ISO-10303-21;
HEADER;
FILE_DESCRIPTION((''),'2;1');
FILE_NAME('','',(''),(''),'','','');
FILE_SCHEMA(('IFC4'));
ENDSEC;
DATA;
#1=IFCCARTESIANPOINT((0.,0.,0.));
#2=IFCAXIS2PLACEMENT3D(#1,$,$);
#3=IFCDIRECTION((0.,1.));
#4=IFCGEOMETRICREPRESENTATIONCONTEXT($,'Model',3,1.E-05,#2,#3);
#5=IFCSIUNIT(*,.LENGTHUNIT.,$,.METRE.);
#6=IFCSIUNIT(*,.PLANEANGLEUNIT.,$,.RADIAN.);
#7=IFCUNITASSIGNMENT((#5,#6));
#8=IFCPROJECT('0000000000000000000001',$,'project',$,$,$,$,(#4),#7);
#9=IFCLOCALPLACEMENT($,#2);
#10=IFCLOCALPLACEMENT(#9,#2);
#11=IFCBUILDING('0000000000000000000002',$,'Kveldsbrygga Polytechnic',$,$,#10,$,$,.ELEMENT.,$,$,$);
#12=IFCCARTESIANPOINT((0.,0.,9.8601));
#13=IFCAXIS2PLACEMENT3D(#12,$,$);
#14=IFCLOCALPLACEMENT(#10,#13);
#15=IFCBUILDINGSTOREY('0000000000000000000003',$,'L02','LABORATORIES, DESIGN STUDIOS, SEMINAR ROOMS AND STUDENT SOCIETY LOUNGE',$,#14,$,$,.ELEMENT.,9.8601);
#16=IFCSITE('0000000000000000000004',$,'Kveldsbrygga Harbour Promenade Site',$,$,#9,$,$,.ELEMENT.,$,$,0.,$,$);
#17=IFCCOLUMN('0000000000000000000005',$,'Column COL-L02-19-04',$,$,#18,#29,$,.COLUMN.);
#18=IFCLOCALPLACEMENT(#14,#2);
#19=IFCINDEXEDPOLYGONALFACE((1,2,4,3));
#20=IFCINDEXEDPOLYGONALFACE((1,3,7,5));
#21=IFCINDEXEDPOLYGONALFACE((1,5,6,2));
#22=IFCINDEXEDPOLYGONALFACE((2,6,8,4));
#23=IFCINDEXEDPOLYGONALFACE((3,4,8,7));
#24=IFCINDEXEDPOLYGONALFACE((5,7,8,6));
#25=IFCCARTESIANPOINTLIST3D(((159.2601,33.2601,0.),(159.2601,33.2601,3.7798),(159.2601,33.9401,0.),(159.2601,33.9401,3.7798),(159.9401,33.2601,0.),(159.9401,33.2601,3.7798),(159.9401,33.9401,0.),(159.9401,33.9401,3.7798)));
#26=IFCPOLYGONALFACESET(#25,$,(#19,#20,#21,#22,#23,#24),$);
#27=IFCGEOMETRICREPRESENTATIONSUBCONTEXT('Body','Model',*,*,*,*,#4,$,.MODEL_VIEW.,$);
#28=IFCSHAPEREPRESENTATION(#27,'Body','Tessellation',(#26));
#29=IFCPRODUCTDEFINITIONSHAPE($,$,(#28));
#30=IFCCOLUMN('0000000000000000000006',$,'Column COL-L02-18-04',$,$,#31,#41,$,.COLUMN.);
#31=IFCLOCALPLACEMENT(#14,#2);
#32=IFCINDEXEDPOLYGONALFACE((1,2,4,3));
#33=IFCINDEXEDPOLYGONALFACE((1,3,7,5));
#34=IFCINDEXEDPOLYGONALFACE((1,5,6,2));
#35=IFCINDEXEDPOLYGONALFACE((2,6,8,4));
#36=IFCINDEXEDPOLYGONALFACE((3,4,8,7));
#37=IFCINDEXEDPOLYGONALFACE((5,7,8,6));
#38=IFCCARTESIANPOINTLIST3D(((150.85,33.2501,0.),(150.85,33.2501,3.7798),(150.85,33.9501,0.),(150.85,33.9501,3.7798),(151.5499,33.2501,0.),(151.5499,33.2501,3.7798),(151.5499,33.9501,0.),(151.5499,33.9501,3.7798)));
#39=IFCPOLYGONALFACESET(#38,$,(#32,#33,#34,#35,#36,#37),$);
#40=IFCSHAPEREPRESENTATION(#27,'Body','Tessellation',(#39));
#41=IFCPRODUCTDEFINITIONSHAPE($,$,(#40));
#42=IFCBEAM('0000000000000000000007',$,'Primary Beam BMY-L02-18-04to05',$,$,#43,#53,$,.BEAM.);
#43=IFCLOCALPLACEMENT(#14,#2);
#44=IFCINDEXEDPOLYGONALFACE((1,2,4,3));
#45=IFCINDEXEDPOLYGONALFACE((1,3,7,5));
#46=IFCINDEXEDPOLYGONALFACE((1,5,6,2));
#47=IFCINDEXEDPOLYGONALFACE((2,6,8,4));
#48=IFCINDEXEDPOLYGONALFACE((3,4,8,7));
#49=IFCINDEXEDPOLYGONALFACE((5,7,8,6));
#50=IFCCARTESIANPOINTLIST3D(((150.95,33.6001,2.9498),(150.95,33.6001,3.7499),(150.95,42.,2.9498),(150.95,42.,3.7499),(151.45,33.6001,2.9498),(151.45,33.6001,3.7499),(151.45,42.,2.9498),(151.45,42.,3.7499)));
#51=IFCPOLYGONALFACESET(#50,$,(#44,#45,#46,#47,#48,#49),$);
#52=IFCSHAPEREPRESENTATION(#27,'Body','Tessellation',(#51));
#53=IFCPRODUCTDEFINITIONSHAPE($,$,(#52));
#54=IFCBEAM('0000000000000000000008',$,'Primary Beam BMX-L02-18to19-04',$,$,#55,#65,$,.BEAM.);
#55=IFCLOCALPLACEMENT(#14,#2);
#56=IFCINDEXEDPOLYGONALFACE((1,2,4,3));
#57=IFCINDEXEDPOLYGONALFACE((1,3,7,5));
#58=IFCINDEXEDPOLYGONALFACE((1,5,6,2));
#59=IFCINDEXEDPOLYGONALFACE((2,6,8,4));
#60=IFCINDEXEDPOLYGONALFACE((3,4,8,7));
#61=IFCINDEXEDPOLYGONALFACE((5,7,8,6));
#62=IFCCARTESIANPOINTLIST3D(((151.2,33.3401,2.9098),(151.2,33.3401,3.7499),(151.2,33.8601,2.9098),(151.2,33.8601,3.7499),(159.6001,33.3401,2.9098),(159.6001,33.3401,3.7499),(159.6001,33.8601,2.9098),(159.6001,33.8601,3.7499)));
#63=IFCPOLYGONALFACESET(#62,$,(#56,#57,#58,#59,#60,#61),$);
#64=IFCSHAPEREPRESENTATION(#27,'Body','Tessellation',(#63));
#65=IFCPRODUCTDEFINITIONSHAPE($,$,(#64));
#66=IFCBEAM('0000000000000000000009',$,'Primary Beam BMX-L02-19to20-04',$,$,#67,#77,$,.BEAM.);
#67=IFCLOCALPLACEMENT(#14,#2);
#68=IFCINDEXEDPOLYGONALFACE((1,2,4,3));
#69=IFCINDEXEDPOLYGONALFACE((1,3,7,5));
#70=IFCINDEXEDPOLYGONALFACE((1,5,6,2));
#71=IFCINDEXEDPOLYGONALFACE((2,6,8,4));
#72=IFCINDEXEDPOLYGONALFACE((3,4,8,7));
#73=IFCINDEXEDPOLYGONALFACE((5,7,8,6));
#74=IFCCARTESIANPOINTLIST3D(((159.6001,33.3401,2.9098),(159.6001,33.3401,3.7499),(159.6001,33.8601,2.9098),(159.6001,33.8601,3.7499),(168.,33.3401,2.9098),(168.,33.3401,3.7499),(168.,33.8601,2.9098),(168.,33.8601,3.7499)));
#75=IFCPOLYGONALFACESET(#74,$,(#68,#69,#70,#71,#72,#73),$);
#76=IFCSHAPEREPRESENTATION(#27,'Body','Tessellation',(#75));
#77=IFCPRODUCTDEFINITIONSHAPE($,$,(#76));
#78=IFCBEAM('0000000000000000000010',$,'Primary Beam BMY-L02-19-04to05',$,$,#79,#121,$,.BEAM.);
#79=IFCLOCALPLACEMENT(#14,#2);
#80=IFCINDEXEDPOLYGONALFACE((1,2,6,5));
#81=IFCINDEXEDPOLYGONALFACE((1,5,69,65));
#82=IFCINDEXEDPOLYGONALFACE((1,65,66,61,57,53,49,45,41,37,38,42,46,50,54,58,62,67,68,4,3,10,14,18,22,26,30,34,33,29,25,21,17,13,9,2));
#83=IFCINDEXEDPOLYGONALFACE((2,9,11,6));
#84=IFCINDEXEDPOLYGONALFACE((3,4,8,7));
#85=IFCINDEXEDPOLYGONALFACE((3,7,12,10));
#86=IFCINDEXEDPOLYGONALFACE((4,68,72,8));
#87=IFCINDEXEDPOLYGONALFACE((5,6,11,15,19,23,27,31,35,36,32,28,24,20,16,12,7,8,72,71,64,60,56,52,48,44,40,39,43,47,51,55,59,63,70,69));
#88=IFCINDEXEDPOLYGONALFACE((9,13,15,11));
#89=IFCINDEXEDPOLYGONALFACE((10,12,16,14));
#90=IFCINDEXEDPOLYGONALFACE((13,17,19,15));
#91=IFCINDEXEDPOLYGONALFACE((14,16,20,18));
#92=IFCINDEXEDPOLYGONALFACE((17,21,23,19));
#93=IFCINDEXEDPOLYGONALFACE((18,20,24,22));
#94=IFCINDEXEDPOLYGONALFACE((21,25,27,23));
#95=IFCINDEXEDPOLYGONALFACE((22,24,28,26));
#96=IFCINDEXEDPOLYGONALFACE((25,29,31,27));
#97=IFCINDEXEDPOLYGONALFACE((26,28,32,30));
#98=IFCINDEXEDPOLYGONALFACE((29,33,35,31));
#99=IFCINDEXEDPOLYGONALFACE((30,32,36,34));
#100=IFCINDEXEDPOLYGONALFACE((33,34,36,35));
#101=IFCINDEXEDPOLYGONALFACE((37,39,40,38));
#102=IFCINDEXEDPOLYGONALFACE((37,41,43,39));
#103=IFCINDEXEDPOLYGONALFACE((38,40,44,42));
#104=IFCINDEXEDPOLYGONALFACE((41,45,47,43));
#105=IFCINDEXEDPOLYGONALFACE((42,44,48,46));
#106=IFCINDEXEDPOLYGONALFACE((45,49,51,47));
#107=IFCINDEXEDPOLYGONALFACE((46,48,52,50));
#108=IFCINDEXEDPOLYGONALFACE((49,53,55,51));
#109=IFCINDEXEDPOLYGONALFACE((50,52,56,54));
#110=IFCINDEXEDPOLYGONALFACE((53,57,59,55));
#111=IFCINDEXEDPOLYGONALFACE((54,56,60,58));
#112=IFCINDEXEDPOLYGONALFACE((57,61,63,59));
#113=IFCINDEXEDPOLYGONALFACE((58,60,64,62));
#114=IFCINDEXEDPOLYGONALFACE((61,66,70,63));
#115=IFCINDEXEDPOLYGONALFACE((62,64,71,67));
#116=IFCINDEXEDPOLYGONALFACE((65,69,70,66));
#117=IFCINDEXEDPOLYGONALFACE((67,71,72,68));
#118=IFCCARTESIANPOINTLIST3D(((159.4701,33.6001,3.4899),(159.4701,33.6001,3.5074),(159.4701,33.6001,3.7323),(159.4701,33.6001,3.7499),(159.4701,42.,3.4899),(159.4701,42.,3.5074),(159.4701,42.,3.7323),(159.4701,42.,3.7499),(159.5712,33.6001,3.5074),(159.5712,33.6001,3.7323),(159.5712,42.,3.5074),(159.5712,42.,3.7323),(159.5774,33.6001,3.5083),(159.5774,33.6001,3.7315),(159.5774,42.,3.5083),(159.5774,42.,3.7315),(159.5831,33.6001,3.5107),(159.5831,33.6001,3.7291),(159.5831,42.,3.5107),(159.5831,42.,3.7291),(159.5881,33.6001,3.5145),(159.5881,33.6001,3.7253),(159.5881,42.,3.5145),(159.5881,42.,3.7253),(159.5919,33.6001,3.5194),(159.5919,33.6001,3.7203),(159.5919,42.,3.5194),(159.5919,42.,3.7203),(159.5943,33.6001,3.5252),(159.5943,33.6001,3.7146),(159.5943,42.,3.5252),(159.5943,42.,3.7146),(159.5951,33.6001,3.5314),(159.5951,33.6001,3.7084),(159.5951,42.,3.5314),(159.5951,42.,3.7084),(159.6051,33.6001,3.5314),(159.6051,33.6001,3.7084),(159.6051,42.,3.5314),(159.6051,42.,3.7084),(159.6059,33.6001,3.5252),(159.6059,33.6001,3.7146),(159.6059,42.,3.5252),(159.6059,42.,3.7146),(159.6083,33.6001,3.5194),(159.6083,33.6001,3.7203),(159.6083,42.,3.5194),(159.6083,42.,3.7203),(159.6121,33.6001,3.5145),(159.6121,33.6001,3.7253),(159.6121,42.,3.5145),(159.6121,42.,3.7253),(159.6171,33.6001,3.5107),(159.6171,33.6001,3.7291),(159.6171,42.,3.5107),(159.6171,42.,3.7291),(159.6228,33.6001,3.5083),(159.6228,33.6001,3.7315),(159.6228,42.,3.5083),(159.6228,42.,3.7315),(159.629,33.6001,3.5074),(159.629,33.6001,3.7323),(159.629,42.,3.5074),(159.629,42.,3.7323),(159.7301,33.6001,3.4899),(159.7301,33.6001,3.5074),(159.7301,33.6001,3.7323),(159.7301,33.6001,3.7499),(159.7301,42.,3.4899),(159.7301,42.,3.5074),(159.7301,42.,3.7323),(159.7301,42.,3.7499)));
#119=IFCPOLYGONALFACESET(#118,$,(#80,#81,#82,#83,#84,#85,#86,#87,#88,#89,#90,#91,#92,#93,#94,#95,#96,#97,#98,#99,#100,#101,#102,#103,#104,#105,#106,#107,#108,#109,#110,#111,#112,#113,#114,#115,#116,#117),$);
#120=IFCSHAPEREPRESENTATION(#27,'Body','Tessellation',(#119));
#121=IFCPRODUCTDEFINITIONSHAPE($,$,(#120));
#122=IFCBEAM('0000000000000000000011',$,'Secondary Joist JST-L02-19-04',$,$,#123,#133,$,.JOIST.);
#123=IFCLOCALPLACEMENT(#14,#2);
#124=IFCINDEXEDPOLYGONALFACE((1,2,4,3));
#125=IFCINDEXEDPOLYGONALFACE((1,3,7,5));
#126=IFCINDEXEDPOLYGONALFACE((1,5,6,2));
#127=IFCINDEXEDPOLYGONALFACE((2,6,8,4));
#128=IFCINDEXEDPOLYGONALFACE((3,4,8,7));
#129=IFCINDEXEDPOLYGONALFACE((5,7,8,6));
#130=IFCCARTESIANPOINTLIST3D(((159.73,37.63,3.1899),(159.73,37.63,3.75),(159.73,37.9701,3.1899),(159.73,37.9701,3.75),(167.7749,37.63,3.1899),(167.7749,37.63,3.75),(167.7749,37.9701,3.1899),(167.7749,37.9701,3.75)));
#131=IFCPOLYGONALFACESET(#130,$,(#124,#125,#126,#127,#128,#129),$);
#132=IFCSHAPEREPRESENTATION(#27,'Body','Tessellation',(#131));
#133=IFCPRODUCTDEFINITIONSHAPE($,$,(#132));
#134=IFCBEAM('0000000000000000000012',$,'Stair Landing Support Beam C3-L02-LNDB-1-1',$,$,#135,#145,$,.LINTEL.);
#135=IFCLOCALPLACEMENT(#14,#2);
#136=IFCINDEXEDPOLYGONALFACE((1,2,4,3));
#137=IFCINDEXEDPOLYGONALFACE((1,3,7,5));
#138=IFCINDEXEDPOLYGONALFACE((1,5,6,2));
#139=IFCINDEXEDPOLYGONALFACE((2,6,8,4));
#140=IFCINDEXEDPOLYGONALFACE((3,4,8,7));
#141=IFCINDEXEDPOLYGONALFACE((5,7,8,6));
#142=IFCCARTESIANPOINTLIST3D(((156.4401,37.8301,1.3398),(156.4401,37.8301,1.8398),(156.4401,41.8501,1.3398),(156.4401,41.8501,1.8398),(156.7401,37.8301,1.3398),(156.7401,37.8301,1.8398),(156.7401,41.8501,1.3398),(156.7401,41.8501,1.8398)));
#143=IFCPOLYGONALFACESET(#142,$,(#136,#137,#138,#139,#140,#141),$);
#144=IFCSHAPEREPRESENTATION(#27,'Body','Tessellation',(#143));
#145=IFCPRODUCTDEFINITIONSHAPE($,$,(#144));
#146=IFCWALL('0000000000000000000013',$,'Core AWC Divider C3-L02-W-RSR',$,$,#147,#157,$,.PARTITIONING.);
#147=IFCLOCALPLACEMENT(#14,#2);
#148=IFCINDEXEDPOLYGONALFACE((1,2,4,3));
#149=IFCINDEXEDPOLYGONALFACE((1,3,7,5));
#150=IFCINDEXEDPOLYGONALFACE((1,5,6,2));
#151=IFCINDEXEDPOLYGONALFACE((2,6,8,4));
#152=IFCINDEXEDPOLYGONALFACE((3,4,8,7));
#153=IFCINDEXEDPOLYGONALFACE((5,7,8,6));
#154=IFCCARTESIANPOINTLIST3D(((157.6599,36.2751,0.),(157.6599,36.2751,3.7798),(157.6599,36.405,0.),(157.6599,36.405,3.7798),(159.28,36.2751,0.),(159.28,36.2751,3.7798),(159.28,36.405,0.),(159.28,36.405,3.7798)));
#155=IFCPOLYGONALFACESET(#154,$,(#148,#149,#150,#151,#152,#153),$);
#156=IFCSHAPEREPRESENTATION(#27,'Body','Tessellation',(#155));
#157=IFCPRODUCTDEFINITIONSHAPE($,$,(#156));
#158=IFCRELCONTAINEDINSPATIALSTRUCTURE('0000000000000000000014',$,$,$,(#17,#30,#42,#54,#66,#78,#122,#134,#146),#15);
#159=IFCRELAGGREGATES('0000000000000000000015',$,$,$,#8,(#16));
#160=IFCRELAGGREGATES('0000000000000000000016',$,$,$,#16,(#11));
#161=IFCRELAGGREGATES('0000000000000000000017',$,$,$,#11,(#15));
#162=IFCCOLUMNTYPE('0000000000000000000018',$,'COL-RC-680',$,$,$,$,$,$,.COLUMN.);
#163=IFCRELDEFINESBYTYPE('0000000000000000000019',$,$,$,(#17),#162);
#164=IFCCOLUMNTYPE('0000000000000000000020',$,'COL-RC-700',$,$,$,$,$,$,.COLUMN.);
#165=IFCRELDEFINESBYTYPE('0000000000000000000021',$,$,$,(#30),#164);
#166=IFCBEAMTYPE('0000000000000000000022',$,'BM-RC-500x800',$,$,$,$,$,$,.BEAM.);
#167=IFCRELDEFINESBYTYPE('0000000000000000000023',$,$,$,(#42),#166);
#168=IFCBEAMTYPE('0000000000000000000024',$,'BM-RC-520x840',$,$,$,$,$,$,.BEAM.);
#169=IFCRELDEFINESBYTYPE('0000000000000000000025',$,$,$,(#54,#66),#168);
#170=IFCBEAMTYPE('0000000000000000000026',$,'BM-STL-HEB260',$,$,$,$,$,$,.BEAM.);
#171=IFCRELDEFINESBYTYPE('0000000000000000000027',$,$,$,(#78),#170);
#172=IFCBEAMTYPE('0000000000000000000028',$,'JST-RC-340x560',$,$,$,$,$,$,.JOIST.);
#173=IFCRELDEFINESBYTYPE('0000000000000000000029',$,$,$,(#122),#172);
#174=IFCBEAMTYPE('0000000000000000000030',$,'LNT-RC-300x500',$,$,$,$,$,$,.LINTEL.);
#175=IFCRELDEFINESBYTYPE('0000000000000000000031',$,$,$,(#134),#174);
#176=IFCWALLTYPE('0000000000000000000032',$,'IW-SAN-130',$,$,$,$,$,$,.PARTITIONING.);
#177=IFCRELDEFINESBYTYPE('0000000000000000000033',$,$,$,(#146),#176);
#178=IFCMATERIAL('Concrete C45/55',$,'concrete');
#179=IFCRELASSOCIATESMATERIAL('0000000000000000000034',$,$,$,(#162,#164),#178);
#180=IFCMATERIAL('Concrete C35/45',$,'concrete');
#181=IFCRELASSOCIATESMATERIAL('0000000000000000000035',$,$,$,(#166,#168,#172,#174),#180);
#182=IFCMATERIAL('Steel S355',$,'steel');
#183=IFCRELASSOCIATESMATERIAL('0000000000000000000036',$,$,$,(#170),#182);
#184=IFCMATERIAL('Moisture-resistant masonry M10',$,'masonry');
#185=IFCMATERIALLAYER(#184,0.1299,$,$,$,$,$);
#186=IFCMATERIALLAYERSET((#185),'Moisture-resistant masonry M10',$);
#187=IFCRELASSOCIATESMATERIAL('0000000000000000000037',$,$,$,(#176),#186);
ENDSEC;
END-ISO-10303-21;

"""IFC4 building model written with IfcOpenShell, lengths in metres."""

from ifc_helpers import new_model, si_unit, direction, frame, frame_2d, origin, origin_2d, place, context, subcontext, project, spatial, rectangle, i_section, extrude, material, layer, layer_set, material_profile, profile_set, type_object, element, save


model = new_model("IFC4")

# Units and contexts
model_context = context("Model", 3, precision=1e-05, world=origin(), true_north=direction((0.0, 1.0)))
body_context = subcontext(model_context, "Body", "Model", "MODEL_VIEW")
ifc_project = project(units=[si_unit("LENGTHUNIT", "METRE"), si_unit("PLANEANGLEUNIT", "RADIAN")], contexts=[model_context])

# Site, building, storey
site_placement = place(None, origin())
site = spatial("IfcSite", under=ifc_project, at=site_placement, Name="Kveldsbrygga Harbour Promenade Site", CompositionType="ELEMENT", RefElevation=0.0)
building_placement = place(site_placement, origin())
building = spatial("IfcBuilding", under=site, at=building_placement, Name="Kveldsbrygga Polytechnic", CompositionType="ELEMENT")
storey_placement = place(building_placement, frame((0.0, 0.0, 9.8601)))
storey = spatial("IfcBuildingStorey", under=building, at=storey_placement, Name="L02", Description="LABORATORIES, DESIGN STUDIOS, SEMINAR ROOMS AND STUDENT SOCIETY LOUNGE", CompositionType="ELEMENT", Elevation=9.8601)

# Columns
ifc_material_1 = material(Name="Concrete C45/55", Category="concrete")
ifc_material_profile_1 = material_profile(ifc_material_1, rectangle(XDim=0.6799, YDim=0.6799, at=origin_2d()), Name="RC 680x680")
ifc_profile_set_1 = profile_set([ifc_material_profile_1], Name="Concrete C45/55")
column_type_1 = type_object("IfcColumnType", Name="COL-RC-680", PredefinedType="COLUMN", material=ifc_profile_set_1)
column_1_placement = place(storey_placement, frame((159.6001, 33.6001, 0.0), z_axis=(0.0, 0.0, 1.0), x_axis=(1.0, 0.0, 0.0)))
element("IfcColumn", 1, at=column_1_placement, inside=storey, type_object=column_type_1, Name="Column COL-L02-19-04", PredefinedType="COLUMN", context=body_context, shape_type="SweptSolid", body=[
    extrude(rectangle(XDim=0.6799, YDim=0.6799, at=origin_2d()), origin(), (0.0, 0.0, 1.0), 3.7798),
])
ifc_material_profile_2 = material_profile(ifc_material_1, rectangle(XDim=0.7, YDim=0.7, at=origin_2d()), Name="RC 700x700")
ifc_profile_set_2 = profile_set([ifc_material_profile_2], Name="Concrete C45/55")
column_type_2 = type_object("IfcColumnType", Name="COL-RC-700", PredefinedType="COLUMN", material=ifc_profile_set_2)
column_2_placement = place(storey_placement, frame((151.2, 33.6001, 0.0), z_axis=(0.0, 0.0, 1.0), x_axis=(1.0, 0.0, 0.0)))
element("IfcColumn", 2, at=column_2_placement, inside=storey, type_object=column_type_2, Name="Column COL-L02-18-04", PredefinedType="COLUMN", context=body_context, shape_type="SweptSolid", body=[
    extrude(rectangle(XDim=0.7, YDim=0.7, at=origin_2d()), origin(), (0.0, 0.0, 1.0), 3.7798),
])

# Beams
ifc_material_2 = material(Name="Concrete C35/45", Category="concrete")
ifc_material_profile_3 = material_profile(ifc_material_2, rectangle(XDim=0.5, YDim=0.8, at=origin_2d()), Name="RC 500x800")
ifc_profile_set_3 = profile_set([ifc_material_profile_3], Name="Concrete C35/45")
beam_type_1 = type_object("IfcBeamType", Name="BM-RC-500x800", PredefinedType="BEAM", material=ifc_profile_set_3)
beam_1_placement = place(storey_placement, frame((151.2, 33.6001, 3.3499), z_axis=(0.0, 1.0, 0.0), x_axis=(-1.0, 0.0, 0.0)))
element("IfcBeam", 3, at=beam_1_placement, inside=storey, type_object=beam_type_1, Name="Primary Beam BMY-L02-18-04to05", PredefinedType="BEAM", context=body_context, shape_type="SweptSolid", body=[
    extrude(rectangle(XDim=0.5, YDim=0.8, at=origin_2d()), origin(), (0.0, 0.0, 1.0), 8.3999),
])
ifc_material_profile_4 = material_profile(ifc_material_2, rectangle(XDim=0.52, YDim=0.8401, at=origin_2d()), Name="RC 520x840")
ifc_profile_set_4 = profile_set([ifc_material_profile_4], Name="Concrete C35/45")
beam_type_2 = type_object("IfcBeamType", Name="BM-RC-520x840", PredefinedType="BEAM", material=ifc_profile_set_4)
beam_2_placement = place(storey_placement, frame((151.2, 33.6001, 3.3298), z_axis=(1.0, 0.0, 0.0), x_axis=(0.0, 1.0, 0.0)))
element("IfcBeam", 4, at=beam_2_placement, inside=storey, type_object=beam_type_2, Name="Primary Beam BMX-L02-18to19-04", PredefinedType="BEAM", context=body_context, shape_type="SweptSolid", body=[
    extrude(rectangle(XDim=0.52, YDim=0.8401, at=origin_2d()), origin(), (0.0, 0.0, 1.0), 8.4001),
])
beam_3_placement = place(storey_placement, frame((159.6001, 33.6001, 3.3298), z_axis=(1.0, 0.0, 0.0), x_axis=(0.0, 1.0, 0.0)))
element("IfcBeam", 5, at=beam_3_placement, inside=storey, type_object=beam_type_2, Name="Primary Beam BMX-L02-19to20-04", PredefinedType="BEAM", context=body_context, shape_type="SweptSolid", body=[
    extrude(rectangle(XDim=0.52, YDim=0.8401, at=origin_2d()), origin(), (0.0, 0.0, 1.0), 8.3999),
])
ifc_material_3 = material(Name="Steel S355", Category="steel")
ifc_material_profile_5 = material_profile(ifc_material_3, i_section(OverallWidth=0.26, OverallDepth=0.26, WebThickness=0.01, FlangeThickness=0.0176, FilletRadius=0.0239, at=origin_2d()), Name="HEB 260")
ifc_profile_set_5 = profile_set([ifc_material_profile_5], Name="Steel S355")
beam_type_3 = type_object("IfcBeamType", Name="BM-STL-HEB260", PredefinedType="BEAM", material=ifc_profile_set_5)
beam_4_placement = place(storey_placement, frame((159.6001, 33.6001, 3.6199), z_axis=(0.0, 1.0, 0.0), x_axis=(-1.0, 0.0, 0.0)))
element("IfcBeam", 6, at=beam_4_placement, inside=storey, type_object=beam_type_3, Name="Primary Beam BMY-L02-19-04to05", PredefinedType="BEAM", context=body_context, shape_type="SweptSolid", body=[
    extrude(i_section(OverallWidth=0.26, OverallDepth=0.26, WebThickness=0.01, FlangeThickness=0.0176, FilletRadius=0.0239, at=origin_2d()), origin(), (0.0, 0.0, 1.0), 8.3999),
])
ifc_material_profile_6 = material_profile(ifc_material_2, rectangle(XDim=0.3401, YDim=0.5601, at=origin_2d()), Name="RC 340x560")
ifc_profile_set_6 = profile_set([ifc_material_profile_6], Name="Concrete C35/45")
beam_type_4 = type_object("IfcBeamType", Name="JST-RC-340x560", PredefinedType="JOIST", material=ifc_profile_set_6)
beam_5_placement = place(storey_placement, frame((159.73, 37.8, 3.47), z_axis=(1.0, 0.0, 0.0), x_axis=(0.0, 1.0, 0.0)))
element("IfcBeam", 7, at=beam_5_placement, inside=storey, type_object=beam_type_4, Name="Secondary Joist JST-L02-19-04", PredefinedType="JOIST", context=body_context, shape_type="SweptSolid", body=[
    extrude(rectangle(XDim=0.3401, YDim=0.5601, at=origin_2d()), origin(), (0.0, 0.0, 1.0), 8.0449),
])
ifc_material_profile_7 = material_profile(ifc_material_2, rectangle(XDim=0.3, YDim=0.5, at=origin_2d()), Name="RC 300x500")
ifc_profile_set_7 = profile_set([ifc_material_profile_7], Name="Concrete C35/45")
beam_type_5 = type_object("IfcBeamType", Name="LNT-RC-300x500", PredefinedType="LINTEL", material=ifc_profile_set_7)
beam_6_placement = place(storey_placement, frame((156.5901, 37.8301, 1.5898), z_axis=(0.0, 1.0, 0.0), x_axis=(-1.0, 0.0, 0.0)))
element("IfcBeam", 8, at=beam_6_placement, inside=storey, type_object=beam_type_5, Name="Stair Landing Support Beam C3-L02-LNDB-1-1", PredefinedType="LINTEL", context=body_context, shape_type="SweptSolid", body=[
    extrude(rectangle(XDim=0.3, YDim=0.5, at=origin_2d()), origin(), (0.0, 0.0, 1.0), 4.02),
])

# Wall
ifc_material_4 = material(Name="Moisture-resistant masonry M10", Category="masonry")
ifc_layer_1 = layer(ifc_material_4, 0.1299)
ifc_layer_set_1 = layer_set([ifc_layer_1], Name="Moisture-resistant masonry M10")
wall_type_1 = type_object("IfcWallType", Name="IW-SAN-130", PredefinedType="PARTITIONING", material=ifc_layer_set_1)
wall_1_placement = place(storey_placement, frame((157.6599, 36.3401, 0.0), z_axis=(0.0, 0.0, 1.0), x_axis=(1.0, 0.0, 0.0)))
element("IfcWall", 9, at=wall_1_placement, inside=storey, type_object=wall_type_1, Name="Core AWC Divider C3-L02-W-RSR", PredefinedType="PARTITIONING", context=body_context, shape_type="SweptSolid", body=[
    extrude(rectangle(XDim=1.6201, YDim=0.1299, at=frame_2d((0.8101, 0.0))), origin(), (0.0, 0.0, 1.0), 3.7798),
])

save(model, "model.ifc")
